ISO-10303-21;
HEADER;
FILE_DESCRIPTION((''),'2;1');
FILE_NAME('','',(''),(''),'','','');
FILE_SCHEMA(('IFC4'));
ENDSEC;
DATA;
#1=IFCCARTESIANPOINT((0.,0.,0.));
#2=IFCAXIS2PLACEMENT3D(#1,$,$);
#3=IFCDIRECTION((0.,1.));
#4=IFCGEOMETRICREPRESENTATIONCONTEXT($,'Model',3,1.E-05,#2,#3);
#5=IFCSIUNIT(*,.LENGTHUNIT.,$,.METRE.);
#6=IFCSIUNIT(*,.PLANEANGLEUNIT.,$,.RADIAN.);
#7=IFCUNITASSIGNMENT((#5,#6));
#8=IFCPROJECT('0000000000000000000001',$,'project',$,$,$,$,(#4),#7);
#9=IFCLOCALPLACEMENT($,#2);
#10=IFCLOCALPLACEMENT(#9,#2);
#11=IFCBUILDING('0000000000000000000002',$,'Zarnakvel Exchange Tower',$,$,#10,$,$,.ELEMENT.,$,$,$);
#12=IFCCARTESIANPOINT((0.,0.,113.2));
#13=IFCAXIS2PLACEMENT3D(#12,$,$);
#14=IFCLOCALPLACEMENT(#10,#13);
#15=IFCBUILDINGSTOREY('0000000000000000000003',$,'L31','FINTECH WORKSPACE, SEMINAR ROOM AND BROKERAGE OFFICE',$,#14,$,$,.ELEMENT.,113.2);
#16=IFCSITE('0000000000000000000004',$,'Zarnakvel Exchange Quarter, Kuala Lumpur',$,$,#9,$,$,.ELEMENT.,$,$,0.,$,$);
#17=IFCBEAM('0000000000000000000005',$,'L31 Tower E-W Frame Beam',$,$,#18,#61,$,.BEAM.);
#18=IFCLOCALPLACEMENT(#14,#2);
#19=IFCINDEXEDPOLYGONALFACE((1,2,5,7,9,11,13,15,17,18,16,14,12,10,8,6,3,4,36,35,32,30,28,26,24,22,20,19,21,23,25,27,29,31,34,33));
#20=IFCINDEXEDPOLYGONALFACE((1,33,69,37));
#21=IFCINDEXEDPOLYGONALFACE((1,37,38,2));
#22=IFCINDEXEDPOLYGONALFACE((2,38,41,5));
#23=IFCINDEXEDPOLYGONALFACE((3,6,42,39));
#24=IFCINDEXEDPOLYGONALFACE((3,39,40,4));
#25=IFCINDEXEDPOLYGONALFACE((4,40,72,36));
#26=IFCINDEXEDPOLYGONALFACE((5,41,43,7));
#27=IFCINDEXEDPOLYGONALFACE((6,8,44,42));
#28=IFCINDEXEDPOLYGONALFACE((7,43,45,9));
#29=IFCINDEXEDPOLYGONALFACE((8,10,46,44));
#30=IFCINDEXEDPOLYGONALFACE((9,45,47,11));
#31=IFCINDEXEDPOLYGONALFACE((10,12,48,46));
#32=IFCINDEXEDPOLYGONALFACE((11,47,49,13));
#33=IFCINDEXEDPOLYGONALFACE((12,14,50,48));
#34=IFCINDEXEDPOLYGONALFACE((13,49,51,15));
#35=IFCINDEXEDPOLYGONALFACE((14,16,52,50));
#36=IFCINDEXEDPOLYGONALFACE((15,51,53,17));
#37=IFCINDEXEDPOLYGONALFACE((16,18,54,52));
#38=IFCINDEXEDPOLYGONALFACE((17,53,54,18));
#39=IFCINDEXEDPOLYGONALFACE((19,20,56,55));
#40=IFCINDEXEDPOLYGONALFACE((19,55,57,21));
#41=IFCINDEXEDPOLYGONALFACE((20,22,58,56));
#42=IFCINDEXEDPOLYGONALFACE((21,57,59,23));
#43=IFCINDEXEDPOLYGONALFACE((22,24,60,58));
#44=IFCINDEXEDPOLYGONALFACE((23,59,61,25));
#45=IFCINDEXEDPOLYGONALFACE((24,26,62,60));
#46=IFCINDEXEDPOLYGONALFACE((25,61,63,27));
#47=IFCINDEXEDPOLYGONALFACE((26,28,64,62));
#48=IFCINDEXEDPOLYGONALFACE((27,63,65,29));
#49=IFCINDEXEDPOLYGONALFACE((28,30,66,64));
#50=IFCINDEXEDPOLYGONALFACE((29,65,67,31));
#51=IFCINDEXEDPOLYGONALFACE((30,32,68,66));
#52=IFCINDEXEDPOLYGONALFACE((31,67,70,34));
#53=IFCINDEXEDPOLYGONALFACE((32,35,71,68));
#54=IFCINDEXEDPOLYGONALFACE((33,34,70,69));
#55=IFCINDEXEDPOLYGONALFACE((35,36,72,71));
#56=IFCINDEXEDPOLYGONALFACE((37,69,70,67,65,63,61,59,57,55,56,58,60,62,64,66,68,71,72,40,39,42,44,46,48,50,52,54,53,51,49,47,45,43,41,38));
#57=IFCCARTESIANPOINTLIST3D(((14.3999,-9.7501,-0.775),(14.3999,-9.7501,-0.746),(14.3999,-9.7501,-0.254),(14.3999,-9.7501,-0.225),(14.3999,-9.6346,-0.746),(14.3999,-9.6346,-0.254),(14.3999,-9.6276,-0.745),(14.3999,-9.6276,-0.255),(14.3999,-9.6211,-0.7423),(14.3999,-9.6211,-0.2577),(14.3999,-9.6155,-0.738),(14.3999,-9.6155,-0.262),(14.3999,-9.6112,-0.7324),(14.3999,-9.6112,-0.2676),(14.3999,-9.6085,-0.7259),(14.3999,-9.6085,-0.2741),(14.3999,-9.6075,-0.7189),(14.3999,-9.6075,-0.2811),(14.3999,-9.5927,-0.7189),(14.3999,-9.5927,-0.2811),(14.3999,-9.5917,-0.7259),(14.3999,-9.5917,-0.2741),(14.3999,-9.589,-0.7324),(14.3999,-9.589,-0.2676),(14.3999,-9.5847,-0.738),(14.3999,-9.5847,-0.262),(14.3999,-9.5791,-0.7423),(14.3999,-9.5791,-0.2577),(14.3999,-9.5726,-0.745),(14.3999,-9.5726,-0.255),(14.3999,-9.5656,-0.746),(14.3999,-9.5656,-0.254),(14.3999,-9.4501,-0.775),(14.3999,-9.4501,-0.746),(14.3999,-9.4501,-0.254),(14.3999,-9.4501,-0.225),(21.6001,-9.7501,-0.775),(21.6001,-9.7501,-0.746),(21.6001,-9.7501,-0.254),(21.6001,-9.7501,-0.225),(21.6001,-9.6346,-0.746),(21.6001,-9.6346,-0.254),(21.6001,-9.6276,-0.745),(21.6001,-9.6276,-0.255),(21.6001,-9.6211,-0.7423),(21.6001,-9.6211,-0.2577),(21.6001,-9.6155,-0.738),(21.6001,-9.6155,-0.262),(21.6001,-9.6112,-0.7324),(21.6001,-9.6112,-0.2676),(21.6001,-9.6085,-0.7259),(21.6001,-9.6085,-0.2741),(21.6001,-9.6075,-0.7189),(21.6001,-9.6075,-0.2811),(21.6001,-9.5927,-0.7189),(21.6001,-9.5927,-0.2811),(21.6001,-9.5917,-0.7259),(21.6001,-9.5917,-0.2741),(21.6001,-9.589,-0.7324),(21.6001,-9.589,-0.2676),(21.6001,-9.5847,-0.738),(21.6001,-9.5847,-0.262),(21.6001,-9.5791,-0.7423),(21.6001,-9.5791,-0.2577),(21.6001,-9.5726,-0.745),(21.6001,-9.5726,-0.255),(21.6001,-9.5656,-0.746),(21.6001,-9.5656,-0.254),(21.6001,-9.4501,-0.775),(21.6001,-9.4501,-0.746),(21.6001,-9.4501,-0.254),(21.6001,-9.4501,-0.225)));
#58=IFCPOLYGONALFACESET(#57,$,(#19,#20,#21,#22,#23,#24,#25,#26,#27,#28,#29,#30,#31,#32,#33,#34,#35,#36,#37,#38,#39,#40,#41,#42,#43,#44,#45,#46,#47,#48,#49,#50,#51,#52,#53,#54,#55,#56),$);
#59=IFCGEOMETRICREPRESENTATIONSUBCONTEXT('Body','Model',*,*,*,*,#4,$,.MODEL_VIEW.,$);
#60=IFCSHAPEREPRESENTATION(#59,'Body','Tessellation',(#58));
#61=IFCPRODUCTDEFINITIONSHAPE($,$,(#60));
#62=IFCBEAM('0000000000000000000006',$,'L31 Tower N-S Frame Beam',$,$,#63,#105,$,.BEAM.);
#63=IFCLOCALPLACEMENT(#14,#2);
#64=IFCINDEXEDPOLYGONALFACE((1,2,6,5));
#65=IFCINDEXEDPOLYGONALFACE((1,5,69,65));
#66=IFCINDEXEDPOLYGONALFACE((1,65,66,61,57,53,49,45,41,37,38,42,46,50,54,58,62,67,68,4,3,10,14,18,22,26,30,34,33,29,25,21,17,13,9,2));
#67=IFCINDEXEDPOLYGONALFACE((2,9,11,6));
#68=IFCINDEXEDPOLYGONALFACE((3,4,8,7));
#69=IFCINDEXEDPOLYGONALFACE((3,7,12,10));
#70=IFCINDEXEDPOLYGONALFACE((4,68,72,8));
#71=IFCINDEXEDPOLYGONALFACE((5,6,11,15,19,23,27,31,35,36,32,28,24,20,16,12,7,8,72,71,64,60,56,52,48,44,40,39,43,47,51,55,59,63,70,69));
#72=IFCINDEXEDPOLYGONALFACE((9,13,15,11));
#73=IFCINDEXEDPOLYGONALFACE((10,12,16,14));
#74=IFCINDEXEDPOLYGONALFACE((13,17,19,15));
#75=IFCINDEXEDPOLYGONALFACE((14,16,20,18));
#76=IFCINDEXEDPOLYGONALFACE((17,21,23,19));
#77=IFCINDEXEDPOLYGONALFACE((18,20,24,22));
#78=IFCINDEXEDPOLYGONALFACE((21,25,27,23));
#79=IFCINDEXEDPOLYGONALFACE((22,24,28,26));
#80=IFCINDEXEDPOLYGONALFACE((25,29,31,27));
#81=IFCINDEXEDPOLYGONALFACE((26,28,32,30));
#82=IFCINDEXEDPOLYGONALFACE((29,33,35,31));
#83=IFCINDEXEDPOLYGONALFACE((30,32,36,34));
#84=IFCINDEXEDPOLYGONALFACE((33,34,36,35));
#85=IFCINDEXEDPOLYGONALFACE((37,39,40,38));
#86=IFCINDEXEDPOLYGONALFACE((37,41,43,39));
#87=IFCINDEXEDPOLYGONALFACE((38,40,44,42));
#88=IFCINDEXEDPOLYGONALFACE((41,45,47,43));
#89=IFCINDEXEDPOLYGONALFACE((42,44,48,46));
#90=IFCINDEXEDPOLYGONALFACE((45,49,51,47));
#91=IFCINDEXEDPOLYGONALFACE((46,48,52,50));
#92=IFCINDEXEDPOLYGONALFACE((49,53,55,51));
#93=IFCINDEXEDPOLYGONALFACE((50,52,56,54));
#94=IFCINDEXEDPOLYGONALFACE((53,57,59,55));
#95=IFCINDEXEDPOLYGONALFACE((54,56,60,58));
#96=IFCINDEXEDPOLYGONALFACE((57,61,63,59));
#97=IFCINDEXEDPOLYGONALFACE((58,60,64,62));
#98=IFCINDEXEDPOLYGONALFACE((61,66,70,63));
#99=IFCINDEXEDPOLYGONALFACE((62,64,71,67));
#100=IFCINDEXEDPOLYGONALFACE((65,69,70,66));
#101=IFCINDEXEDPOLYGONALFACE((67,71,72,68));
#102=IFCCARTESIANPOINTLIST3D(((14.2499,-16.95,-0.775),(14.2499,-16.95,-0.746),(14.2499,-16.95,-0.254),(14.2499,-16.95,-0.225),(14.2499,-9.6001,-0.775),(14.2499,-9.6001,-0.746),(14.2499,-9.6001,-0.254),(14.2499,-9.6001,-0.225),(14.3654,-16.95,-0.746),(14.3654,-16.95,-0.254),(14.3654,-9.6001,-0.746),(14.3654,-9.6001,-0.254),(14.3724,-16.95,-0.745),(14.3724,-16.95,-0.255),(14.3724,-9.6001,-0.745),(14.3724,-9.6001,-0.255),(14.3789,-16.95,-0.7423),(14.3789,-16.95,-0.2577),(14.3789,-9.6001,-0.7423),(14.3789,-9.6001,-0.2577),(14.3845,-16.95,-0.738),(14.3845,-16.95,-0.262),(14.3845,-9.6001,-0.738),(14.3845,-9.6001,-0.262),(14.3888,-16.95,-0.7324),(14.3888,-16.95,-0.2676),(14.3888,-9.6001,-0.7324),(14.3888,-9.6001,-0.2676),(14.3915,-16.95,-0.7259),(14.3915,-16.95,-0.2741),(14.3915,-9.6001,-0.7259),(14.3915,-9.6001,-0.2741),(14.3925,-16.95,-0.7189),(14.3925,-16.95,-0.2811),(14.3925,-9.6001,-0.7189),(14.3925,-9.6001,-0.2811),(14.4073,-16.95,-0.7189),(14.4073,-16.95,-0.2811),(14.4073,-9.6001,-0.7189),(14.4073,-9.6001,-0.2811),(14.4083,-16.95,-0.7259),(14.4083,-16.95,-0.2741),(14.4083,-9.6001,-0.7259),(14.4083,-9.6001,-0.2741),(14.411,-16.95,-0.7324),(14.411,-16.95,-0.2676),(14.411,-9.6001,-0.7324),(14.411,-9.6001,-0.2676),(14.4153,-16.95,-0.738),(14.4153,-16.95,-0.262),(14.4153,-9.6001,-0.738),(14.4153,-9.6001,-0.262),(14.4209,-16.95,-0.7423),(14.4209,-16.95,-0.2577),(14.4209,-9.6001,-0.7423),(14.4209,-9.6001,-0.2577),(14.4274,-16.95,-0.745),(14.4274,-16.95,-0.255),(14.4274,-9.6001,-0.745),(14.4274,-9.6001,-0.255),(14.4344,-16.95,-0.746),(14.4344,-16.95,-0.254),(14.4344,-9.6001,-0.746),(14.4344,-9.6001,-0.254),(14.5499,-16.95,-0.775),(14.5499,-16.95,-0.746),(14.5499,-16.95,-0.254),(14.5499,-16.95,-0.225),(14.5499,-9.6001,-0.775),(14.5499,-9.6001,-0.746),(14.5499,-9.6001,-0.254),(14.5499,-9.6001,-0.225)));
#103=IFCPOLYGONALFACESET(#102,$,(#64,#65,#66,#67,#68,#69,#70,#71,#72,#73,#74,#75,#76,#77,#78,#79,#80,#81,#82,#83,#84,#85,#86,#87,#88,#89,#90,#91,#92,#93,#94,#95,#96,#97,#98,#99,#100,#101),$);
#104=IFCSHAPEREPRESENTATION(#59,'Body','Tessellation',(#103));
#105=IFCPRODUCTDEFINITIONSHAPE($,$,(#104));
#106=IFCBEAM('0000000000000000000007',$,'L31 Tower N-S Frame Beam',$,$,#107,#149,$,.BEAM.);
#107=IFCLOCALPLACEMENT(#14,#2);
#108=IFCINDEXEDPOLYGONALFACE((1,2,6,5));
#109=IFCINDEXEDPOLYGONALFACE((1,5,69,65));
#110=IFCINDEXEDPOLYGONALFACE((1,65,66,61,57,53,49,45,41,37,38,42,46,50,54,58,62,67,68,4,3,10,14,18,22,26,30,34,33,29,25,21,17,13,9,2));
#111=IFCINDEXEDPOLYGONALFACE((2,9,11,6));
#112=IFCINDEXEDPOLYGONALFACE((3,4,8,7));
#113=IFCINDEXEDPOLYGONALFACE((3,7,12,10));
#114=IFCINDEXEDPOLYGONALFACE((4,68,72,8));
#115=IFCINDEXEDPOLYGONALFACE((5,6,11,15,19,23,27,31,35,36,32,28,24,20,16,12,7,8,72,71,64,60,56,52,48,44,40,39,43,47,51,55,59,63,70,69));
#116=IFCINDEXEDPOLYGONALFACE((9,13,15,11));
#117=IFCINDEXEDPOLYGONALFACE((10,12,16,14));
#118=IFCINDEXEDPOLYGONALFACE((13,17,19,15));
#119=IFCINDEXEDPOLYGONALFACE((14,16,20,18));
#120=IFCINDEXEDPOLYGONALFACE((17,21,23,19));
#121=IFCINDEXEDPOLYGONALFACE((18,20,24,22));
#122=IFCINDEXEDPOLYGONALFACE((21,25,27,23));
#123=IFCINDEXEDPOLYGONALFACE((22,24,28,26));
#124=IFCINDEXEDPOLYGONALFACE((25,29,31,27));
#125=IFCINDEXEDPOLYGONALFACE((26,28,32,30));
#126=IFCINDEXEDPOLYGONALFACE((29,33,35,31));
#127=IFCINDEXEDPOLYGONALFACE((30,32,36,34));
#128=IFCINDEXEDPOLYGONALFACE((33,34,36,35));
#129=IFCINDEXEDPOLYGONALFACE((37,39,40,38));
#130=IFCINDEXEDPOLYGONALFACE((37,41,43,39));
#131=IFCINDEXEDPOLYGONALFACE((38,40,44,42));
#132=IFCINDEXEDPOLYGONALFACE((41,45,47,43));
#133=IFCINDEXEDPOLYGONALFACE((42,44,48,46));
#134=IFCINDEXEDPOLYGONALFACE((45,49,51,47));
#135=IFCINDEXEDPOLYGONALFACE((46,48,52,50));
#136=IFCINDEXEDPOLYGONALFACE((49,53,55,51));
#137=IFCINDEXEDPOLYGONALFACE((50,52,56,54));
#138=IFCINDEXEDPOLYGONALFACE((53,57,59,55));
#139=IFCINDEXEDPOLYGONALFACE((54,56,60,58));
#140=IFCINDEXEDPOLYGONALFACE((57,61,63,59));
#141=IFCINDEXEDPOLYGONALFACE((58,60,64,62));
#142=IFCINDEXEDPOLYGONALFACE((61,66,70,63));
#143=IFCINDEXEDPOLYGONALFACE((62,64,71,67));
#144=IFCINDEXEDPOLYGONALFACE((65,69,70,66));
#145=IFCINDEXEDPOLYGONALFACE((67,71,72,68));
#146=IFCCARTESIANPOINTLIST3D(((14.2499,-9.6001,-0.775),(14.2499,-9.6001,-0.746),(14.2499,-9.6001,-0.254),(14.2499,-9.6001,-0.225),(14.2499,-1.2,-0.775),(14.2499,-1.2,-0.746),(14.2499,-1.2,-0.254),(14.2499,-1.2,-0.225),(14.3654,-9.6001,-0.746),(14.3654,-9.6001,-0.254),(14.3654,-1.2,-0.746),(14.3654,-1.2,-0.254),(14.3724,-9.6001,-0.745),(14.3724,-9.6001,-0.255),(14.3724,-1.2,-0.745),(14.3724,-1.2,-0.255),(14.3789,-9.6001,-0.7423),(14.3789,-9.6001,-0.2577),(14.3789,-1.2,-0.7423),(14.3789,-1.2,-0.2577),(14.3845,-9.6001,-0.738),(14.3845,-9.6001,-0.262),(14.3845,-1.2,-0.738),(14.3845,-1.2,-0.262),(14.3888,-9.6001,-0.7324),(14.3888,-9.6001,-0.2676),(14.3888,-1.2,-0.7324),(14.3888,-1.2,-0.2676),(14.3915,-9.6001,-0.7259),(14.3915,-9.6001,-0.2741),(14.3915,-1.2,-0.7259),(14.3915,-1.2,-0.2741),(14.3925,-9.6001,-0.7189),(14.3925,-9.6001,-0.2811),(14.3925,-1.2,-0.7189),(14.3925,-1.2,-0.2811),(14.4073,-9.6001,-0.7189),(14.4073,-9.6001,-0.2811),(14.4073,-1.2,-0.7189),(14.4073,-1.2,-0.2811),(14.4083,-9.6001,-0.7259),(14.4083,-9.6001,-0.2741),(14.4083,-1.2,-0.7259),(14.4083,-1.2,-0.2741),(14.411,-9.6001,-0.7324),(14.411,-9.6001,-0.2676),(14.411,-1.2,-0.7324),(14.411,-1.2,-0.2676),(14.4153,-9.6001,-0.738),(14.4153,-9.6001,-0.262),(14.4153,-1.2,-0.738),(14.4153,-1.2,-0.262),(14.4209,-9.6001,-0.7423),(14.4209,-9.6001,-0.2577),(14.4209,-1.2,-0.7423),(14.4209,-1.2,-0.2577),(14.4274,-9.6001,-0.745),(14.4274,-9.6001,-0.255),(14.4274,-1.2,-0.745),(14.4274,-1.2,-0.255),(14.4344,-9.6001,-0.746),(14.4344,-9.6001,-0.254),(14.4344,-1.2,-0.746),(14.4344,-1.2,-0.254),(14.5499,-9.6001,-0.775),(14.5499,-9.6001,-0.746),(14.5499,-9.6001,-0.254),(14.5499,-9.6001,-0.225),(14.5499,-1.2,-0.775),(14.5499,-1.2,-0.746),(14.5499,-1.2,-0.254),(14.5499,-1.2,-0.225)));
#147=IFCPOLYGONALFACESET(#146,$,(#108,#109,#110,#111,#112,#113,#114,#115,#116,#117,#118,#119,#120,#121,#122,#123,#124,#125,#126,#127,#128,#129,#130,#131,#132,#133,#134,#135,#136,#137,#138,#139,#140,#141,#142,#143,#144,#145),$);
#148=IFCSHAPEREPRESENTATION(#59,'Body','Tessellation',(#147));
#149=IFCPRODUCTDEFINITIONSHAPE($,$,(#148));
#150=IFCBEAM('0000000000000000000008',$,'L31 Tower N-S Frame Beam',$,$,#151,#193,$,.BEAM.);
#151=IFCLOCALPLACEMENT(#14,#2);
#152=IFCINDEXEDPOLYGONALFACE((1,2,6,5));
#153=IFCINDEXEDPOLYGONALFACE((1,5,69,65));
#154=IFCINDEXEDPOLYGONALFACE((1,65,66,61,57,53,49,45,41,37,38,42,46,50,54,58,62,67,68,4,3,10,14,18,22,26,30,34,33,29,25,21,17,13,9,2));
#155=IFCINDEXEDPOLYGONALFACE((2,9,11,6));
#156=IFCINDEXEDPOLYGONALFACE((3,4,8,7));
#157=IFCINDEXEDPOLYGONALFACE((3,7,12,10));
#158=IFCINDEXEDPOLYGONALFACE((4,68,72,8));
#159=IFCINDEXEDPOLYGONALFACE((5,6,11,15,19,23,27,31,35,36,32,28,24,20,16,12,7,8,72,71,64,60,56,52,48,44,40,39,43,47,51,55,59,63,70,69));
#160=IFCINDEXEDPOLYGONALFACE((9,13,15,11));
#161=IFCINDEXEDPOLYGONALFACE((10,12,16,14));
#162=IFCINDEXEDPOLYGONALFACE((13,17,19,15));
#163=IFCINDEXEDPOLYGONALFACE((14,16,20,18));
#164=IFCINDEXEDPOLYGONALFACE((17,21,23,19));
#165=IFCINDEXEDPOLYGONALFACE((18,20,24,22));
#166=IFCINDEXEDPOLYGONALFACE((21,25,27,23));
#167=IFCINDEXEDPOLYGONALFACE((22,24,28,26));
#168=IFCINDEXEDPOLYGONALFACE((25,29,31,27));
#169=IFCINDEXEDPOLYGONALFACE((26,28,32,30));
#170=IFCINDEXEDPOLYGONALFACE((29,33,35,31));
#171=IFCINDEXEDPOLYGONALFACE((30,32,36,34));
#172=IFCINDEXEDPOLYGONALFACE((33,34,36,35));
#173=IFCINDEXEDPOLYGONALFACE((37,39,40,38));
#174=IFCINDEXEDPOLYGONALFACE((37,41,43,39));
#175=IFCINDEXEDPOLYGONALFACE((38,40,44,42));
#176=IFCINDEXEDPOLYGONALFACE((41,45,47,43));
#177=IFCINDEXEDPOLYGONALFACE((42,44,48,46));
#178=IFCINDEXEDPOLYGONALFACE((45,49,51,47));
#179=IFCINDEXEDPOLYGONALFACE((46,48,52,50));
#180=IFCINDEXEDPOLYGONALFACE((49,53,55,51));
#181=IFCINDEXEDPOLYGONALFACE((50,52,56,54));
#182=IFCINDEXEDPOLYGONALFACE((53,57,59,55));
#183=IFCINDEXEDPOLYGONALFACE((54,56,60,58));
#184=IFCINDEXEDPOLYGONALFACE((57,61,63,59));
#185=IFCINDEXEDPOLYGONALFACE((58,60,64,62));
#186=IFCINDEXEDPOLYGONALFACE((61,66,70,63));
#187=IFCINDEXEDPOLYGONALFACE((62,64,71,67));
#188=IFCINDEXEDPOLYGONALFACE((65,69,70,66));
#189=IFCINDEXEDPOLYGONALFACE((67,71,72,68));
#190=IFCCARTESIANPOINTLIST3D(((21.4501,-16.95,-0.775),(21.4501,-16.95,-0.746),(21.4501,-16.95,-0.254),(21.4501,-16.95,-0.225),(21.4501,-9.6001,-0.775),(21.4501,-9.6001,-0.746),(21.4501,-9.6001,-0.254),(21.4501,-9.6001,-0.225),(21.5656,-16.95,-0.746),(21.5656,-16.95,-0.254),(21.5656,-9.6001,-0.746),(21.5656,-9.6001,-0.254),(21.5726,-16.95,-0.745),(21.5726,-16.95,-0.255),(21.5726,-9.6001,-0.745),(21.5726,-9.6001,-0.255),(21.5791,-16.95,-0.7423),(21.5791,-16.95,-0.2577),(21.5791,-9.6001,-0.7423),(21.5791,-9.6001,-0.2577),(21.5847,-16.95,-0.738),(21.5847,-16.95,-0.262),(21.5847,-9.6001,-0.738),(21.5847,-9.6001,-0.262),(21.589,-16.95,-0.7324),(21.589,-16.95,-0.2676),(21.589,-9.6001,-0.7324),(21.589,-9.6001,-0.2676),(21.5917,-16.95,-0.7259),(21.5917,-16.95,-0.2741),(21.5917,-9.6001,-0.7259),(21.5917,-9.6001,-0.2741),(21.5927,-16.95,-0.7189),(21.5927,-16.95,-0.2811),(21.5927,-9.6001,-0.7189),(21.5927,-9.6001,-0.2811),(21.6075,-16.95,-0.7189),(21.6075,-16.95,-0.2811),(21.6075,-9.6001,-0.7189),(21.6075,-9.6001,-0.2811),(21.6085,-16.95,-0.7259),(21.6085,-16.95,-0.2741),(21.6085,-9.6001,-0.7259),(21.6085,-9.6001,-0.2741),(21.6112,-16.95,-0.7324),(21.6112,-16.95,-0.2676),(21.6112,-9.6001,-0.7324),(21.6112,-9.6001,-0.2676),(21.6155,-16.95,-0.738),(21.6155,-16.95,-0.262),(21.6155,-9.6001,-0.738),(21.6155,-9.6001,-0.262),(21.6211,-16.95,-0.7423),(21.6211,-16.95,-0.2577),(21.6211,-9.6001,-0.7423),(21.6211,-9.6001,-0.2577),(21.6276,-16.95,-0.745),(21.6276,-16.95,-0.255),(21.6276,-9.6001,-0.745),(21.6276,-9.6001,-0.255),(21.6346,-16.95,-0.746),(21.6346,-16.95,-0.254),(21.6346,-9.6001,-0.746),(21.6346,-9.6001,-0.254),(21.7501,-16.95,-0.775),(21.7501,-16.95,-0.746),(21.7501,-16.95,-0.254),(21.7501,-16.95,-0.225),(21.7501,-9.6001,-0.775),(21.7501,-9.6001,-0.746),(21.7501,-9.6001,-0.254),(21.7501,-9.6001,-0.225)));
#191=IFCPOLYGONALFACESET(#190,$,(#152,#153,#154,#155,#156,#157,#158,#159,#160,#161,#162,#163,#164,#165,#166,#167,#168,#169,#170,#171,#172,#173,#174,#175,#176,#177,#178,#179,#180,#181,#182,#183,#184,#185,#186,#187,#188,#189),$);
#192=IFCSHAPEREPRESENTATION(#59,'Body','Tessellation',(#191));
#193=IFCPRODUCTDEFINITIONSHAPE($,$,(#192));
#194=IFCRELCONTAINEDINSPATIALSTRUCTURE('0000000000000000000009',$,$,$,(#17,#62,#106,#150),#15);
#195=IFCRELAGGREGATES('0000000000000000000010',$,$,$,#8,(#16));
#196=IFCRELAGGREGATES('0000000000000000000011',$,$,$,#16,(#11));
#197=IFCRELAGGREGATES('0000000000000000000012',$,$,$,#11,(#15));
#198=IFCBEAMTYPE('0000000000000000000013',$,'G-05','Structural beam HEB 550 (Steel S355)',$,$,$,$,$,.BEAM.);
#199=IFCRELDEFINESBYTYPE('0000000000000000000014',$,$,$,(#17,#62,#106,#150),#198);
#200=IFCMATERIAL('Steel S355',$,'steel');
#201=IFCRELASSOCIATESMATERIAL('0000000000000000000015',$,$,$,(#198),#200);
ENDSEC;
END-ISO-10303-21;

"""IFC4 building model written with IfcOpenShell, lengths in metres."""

from ifc_helpers import new_model, si_unit, direction, frame, origin, origin_2d, place, context, subcontext, project, spatial, i_section, extrude, material, material_profile, profile_set, type_object, element, save


model = new_model("IFC4")

# Units and contexts
model_context = context("Model", 3, precision=1e-05, world=origin(), true_north=direction((0.0, 1.0)))
body_context = subcontext(model_context, "Body", "Model", "MODEL_VIEW")
ifc_project = project(units=[si_unit("LENGTHUNIT", "METRE"), si_unit("PLANEANGLEUNIT", "RADIAN")], contexts=[model_context])

# Site, building, storey
site_placement = place(None, origin())
site = spatial("IfcSite", under=ifc_project, at=site_placement, Name="Zarnakvel Exchange Quarter, Kuala Lumpur", CompositionType="ELEMENT", RefElevation=0.0)
building_placement = place(site_placement, origin())
building = spatial("IfcBuilding", under=site, at=building_placement, Name="Zarnakvel Exchange Tower", CompositionType="ELEMENT")
storey_placement = place(building_placement, frame((0.0, 0.0, 113.2)))
storey = spatial("IfcBuildingStorey", under=building, at=storey_placement, Name="L31", Description="FINTECH WORKSPACE, SEMINAR ROOM AND BROKERAGE OFFICE", CompositionType="ELEMENT", Elevation=113.2)

# Shared definitions
ifc_material_1 = material(Name="Steel S355", Category="steel")

# Beams
ifc_material_profile_1 = material_profile(ifc_material_1, i_section(OverallWidth=0.3, OverallDepth=0.55, WebThickness=0.0149, FlangeThickness=0.0291, FilletRadius=0.0271, at=origin_2d()))
ifc_profile_set_1 = profile_set([ifc_material_profile_1], Name="Steel S355")
beam_type_1 = type_object("IfcBeamType", Name="G-05", Description="Structural beam HEB 550 (Steel S355)", PredefinedType="BEAM", material=ifc_profile_set_1)
beam_1_placement = place(storey_placement, frame((14.3999, -9.6001, -0.5), z_axis=(1.0, 0.0, 0.0), x_axis=(0.0, 1.0, 0.0)))
element("IfcBeam", 1, at=beam_1_placement, inside=storey, type_object=beam_type_1, Name="L31 Tower E-W Frame Beam", PredefinedType="BEAM", context=body_context, shape_type="SweptSolid", body=[
    extrude(i_section(OverallWidth=0.3, OverallDepth=0.55, WebThickness=0.0149, FlangeThickness=0.0291, FilletRadius=0.0271, at=origin_2d()), origin(), (0.0, 0.0, 1.0), 7.2002),
])
beam_2_placement = place(storey_placement, frame((14.3999, -16.95, -0.5), z_axis=(0.0, 1.0, 0.0), x_axis=(-1.0, 0.0, 0.0)))
element("IfcBeam", 2, at=beam_2_placement, inside=storey, type_object=beam_type_1, Name="L31 Tower N-S Frame Beam", PredefinedType="BEAM", context=body_context, shape_type="SweptSolid", body=[
    extrude(i_section(OverallWidth=0.3, OverallDepth=0.55, WebThickness=0.0149, FlangeThickness=0.0291, FilletRadius=0.0271, at=origin_2d()), origin(), (0.0, 0.0, 1.0), 7.3499),
])
beam_3_placement = place(storey_placement, frame((14.3999, -9.6001, -0.5), z_axis=(0.0, 1.0, 0.0), x_axis=(-1.0, 0.0, 0.0)))
element("IfcBeam", 3, at=beam_3_placement, inside=storey, type_object=beam_type_1, Name="L31 Tower N-S Frame Beam", PredefinedType="BEAM", context=body_context, shape_type="SweptSolid", body=[
    extrude(i_section(OverallWidth=0.3, OverallDepth=0.55, WebThickness=0.0149, FlangeThickness=0.0291, FilletRadius=0.0271, at=origin_2d()), origin(), (0.0, 0.0, 1.0), 8.4001),
])
beam_4_placement = place(storey_placement, frame((21.6001, -16.95, -0.5), z_axis=(0.0, 1.0, 0.0), x_axis=(-1.0, 0.0, 0.0)))
element("IfcBeam", 4, at=beam_4_placement, inside=storey, type_object=beam_type_1, Name="L31 Tower N-S Frame Beam", PredefinedType="BEAM", context=body_context, shape_type="SweptSolid", body=[
    extrude(i_section(OverallWidth=0.3, OverallDepth=0.55, WebThickness=0.0149, FlangeThickness=0.0291, FilletRadius=0.0271, at=origin_2d()), origin(), (0.0, 0.0, 1.0), 7.3499),
])

save(model, "model.ifc")
